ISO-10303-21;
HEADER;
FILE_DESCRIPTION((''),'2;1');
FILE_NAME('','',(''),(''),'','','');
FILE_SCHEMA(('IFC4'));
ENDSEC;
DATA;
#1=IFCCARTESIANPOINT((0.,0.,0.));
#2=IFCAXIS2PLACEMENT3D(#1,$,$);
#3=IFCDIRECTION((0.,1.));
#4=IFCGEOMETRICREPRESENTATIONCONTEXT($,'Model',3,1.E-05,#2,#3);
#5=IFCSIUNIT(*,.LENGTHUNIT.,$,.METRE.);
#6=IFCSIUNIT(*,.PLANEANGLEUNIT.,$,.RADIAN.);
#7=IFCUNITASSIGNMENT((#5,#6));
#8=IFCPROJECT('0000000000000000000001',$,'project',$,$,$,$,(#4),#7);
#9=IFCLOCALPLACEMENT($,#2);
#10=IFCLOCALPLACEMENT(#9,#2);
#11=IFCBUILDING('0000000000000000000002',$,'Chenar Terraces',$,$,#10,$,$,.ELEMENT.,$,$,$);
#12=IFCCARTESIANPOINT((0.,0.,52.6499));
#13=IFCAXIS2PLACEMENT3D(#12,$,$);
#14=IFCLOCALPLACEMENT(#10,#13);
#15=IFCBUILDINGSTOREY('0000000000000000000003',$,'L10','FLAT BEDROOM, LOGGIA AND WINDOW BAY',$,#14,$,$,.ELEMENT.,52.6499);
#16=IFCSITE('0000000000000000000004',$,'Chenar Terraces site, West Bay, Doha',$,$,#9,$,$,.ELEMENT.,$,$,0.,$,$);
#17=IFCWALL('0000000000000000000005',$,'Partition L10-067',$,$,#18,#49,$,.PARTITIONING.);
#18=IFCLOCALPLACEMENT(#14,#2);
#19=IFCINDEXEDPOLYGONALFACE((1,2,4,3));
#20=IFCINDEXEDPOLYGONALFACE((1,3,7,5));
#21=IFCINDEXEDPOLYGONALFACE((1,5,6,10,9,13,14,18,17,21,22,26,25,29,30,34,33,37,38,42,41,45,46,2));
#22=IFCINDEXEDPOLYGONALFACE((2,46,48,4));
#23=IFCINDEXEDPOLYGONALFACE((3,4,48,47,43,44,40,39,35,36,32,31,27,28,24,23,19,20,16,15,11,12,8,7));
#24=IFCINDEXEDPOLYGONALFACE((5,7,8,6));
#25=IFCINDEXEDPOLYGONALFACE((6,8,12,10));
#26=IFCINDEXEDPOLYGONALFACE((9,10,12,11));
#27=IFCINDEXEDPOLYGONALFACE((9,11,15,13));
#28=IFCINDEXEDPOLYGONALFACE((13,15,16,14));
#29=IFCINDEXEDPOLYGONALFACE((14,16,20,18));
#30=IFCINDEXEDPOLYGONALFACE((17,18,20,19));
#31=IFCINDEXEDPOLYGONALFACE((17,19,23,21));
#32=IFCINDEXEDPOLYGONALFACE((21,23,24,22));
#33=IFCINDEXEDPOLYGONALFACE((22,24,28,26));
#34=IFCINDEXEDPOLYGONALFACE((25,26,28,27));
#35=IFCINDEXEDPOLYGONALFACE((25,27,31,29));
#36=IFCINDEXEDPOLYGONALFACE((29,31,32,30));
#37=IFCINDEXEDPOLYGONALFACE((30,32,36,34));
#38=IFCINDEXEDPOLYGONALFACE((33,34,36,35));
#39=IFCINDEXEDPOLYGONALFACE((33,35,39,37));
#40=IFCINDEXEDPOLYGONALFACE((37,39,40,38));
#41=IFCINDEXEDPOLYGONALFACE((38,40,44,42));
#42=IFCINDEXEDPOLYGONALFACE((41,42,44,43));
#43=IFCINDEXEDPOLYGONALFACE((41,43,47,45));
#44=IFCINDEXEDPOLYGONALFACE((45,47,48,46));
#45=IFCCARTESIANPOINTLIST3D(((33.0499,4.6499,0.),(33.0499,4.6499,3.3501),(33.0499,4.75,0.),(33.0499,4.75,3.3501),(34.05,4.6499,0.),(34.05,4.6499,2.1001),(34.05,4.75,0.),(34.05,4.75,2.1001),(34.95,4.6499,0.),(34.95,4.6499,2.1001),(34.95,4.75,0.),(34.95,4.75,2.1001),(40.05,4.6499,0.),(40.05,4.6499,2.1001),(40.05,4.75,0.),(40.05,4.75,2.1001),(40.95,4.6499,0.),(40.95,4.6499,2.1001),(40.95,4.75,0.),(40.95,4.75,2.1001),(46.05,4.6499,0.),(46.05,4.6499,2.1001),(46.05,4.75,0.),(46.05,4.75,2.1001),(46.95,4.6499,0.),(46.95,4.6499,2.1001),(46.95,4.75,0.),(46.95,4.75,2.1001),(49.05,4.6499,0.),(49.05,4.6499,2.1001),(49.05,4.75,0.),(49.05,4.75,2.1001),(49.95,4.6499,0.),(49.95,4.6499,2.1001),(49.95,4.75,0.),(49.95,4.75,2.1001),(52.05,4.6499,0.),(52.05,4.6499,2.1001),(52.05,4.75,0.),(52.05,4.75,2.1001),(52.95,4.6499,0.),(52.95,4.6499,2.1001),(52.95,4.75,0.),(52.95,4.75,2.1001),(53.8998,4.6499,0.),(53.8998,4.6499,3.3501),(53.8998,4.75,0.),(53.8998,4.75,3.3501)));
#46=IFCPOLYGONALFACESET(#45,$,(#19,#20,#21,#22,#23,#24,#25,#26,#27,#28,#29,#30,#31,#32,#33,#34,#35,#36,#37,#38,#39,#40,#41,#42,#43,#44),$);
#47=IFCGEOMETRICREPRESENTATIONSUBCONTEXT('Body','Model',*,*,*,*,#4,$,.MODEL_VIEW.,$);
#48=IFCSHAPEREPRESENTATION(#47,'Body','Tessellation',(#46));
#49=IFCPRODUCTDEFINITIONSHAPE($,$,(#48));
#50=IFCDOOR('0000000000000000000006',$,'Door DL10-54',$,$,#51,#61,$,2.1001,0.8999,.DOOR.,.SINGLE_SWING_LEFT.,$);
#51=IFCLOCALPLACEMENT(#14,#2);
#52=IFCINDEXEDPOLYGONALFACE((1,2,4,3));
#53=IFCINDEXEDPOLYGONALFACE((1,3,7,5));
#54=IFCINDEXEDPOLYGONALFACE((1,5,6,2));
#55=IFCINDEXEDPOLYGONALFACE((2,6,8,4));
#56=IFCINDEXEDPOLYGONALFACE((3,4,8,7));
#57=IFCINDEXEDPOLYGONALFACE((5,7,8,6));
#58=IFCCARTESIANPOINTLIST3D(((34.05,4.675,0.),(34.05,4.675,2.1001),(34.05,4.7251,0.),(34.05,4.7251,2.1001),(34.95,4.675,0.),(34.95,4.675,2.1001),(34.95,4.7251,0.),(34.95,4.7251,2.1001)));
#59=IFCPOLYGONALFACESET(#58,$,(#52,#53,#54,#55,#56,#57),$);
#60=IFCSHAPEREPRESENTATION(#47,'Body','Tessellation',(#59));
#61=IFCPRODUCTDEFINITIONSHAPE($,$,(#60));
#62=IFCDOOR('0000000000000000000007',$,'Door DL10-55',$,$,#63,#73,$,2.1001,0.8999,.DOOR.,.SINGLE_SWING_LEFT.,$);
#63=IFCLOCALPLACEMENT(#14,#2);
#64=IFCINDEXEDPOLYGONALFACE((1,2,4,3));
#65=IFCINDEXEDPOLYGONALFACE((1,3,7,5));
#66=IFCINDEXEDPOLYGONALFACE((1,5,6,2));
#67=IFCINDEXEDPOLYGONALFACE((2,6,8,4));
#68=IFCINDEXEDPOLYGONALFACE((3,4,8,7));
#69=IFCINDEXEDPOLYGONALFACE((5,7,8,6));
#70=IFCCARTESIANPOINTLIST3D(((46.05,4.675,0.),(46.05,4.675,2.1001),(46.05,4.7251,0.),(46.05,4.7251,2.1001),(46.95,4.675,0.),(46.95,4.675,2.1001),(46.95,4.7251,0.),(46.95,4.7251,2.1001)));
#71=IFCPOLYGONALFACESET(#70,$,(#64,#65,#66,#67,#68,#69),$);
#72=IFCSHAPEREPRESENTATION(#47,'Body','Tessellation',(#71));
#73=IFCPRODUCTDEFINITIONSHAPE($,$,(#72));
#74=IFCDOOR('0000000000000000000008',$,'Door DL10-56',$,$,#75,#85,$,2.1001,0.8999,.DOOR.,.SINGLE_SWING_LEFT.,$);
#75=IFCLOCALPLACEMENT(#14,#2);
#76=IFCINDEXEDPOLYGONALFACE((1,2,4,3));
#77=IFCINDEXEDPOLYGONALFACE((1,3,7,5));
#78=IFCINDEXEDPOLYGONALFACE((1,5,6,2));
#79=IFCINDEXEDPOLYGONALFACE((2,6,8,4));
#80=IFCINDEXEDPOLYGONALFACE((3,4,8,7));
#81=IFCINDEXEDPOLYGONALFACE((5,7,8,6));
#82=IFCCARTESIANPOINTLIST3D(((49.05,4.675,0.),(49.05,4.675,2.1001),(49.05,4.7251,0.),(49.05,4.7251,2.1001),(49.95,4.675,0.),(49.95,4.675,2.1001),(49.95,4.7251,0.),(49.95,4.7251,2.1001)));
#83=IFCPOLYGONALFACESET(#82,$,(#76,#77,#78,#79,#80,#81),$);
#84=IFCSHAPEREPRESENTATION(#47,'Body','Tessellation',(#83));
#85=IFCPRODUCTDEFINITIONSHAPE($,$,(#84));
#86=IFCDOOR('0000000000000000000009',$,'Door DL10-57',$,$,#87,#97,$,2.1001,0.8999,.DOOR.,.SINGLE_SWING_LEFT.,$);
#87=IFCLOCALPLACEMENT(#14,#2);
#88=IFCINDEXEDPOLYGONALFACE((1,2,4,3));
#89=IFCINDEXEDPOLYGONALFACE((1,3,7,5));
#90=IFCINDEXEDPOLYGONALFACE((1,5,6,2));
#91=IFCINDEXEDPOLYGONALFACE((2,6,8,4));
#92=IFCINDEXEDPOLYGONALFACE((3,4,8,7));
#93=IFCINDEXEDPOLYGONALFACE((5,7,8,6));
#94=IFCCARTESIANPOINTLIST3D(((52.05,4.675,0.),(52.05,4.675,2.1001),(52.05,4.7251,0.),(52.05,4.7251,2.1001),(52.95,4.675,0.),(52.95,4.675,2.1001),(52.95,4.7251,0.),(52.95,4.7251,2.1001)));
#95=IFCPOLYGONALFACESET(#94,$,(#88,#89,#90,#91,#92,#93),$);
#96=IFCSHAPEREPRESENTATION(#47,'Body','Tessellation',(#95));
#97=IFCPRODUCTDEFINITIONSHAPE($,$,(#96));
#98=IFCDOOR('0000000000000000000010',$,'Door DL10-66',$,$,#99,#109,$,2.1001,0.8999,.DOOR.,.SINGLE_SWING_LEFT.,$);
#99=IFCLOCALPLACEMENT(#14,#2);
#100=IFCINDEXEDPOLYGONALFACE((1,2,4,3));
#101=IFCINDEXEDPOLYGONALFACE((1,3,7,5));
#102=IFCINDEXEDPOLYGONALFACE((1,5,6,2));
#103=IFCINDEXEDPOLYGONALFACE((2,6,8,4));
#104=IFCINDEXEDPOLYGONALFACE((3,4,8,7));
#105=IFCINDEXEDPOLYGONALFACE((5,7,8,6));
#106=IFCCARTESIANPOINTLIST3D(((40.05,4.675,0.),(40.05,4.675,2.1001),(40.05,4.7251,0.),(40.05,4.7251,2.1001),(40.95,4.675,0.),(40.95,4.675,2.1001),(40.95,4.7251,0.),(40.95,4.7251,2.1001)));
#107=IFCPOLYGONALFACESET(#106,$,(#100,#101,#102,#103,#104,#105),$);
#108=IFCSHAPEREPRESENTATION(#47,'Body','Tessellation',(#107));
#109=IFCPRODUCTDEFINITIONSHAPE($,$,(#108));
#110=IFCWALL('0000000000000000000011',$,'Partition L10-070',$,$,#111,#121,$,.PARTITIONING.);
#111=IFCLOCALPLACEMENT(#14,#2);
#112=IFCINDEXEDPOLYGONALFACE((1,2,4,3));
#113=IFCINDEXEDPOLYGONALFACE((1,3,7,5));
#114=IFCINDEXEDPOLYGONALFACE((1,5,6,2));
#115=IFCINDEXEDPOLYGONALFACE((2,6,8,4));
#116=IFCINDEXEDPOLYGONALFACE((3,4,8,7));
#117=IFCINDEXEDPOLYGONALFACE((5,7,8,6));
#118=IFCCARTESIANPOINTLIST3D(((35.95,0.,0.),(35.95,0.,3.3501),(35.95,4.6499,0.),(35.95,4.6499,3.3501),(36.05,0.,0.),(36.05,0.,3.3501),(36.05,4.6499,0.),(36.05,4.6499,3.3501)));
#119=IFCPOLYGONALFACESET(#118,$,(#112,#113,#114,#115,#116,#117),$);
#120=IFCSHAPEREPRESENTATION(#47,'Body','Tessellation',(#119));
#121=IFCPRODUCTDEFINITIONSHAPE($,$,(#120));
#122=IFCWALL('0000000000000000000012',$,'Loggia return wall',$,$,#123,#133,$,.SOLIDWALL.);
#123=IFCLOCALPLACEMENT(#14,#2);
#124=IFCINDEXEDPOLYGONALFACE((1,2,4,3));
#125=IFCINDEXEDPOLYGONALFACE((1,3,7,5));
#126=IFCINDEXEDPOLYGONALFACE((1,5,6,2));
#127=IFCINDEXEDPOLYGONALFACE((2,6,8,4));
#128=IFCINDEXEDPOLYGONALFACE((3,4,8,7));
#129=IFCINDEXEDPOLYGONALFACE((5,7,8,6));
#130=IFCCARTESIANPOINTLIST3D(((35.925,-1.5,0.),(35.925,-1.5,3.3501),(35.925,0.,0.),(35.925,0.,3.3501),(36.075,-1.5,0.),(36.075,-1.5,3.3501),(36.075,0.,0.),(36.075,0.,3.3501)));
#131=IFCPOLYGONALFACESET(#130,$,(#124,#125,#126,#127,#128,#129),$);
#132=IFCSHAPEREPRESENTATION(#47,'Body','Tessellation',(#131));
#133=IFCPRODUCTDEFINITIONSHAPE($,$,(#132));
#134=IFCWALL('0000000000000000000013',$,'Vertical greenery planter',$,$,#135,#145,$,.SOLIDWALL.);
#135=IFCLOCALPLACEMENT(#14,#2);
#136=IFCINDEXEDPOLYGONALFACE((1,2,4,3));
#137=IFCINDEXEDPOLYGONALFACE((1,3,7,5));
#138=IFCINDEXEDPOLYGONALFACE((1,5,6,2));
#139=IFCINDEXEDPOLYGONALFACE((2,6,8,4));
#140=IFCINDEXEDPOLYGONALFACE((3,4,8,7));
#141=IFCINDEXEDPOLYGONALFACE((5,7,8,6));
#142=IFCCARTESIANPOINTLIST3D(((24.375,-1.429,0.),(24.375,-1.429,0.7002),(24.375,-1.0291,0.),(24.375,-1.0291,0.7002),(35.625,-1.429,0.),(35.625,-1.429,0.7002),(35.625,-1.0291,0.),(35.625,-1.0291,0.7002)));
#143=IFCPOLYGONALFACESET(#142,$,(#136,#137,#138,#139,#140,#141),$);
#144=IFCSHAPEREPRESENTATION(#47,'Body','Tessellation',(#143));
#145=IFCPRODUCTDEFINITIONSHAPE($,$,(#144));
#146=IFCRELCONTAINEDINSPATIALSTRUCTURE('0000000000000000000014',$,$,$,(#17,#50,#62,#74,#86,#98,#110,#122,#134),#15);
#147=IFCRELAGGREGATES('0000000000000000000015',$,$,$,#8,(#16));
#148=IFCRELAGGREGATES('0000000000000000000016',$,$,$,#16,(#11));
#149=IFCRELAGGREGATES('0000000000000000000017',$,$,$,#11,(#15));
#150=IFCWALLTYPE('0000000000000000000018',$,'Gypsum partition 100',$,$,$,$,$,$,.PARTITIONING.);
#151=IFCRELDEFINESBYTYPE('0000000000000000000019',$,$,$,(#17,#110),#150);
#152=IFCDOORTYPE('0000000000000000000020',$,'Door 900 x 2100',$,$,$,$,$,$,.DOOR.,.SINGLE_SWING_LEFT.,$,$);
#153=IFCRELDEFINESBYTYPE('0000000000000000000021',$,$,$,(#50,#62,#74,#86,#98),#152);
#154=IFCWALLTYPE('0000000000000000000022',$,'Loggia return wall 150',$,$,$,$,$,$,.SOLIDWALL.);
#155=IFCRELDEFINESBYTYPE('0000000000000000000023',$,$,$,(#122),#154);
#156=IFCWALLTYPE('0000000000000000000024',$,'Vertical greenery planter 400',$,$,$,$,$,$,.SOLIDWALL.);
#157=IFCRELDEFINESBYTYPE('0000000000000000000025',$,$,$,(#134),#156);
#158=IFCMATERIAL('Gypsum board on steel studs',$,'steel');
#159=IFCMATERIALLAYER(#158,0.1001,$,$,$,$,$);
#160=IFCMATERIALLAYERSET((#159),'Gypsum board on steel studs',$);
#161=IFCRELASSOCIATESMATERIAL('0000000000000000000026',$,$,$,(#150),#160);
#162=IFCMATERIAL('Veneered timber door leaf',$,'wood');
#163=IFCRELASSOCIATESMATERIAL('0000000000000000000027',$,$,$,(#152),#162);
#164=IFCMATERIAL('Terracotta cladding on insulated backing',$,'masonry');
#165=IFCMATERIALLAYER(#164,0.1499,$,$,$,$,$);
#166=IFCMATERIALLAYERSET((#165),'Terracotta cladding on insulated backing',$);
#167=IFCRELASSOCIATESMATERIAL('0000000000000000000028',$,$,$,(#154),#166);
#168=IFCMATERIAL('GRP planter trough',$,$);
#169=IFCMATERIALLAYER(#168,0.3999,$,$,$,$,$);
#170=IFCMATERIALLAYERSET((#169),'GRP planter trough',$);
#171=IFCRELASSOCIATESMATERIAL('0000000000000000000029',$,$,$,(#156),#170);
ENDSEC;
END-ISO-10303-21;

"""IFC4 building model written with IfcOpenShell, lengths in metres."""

from ifc_helpers import new_model, si_unit, direction, frame, frame_2d, origin, place, context, subcontext, project, spatial, rectangle, extrude, material, layer, layer_set, type_object, element, fill, save


model = new_model("IFC4")

# Units and contexts
model_context = context("Model", 3, precision=1e-05, world=origin(), true_north=direction((0.0, 1.0)))
body_context = subcontext(model_context, "Body", "Model", "MODEL_VIEW")
ifc_project = project(units=[si_unit("LENGTHUNIT", "METRE"), si_unit("PLANEANGLEUNIT", "RADIAN")], contexts=[model_context])

# Site, building, storey
site_placement = place(None, origin())
site = spatial("IfcSite", under=ifc_project, at=site_placement, Name="Chenar Terraces site, West Bay, Doha", CompositionType="ELEMENT", RefElevation=0.0)
building_placement = place(site_placement, origin())
building = spatial("IfcBuilding", under=site, at=building_placement, Name="Chenar Terraces", CompositionType="ELEMENT")
storey_placement = place(building_placement, frame((0.0, 0.0, 52.6499)))
storey = spatial("IfcBuildingStorey", under=building, at=storey_placement, Name="L10", Description="FLAT BEDROOM, LOGGIA AND WINDOW BAY", CompositionType="ELEMENT", Elevation=52.6499)

# Shared definitions
ifc_material_1 = material(Name="Gypsum board on steel studs", Category="steel")
ifc_layer_1 = layer(ifc_material_1, 0.1001)
ifc_layer_set_1 = layer_set([ifc_layer_1], Name="Gypsum board on steel studs")
wall_type_1 = type_object("IfcWallType", Name="Gypsum partition 100", PredefinedType="PARTITIONING", material=ifc_layer_set_1)

# Shared definitions
ifc_material_2 = material(Name="Veneered timber door leaf", Category="wood")
door_type = type_object("IfcDoorType", Name="Door 900 x 2100", OperationType="SINGLE_SWING_LEFT", PredefinedType="DOOR", material=ifc_material_2)

# Wall, openings, doors
wall_1_placement = place(storey_placement, frame((33.05, 4.7, 0.0), z_axis=(0.0, 0.0, 1.0), x_axis=(1.0, 0.0, 0.0)))
wall_1 = element("IfcWall", 1, at=wall_1_placement, inside=storey, type_object=wall_type_1, Name="Partition L10-067", PredefinedType="PARTITIONING", context=body_context, shape_type="SweptSolid", body=[
    extrude(rectangle(XDim=20.8499, YDim=0.1001, at=frame_2d((10.4248, 0.0))), origin(), (0.0, 0.0, 1.0), 3.3501),
])
opening_1_placement = place(wall_1_placement, frame((1.0, 0.0, 0.0)))
opening_1 = element("IfcOpeningElement", 2, at=opening_1_placement, cuts=wall_1, PredefinedType="OPENING", context=body_context, shape_type="SweptSolid", body=[
    extrude(rectangle(XDim=0.8999, YDim=2.1001, at=frame_2d((0.45, 1.05))), frame((0.0, 0.0601, 0.0), z_axis=(0.0, -1.0, 0.0), x_axis=(1.0, 0.0, 0.0)), (0.0, 0.0, 1.0), 0.1201),
])
opening_2_placement = place(wall_1_placement, frame((13.0, 0.0, 0.0)))
opening_2 = element("IfcOpeningElement", 3, at=opening_2_placement, cuts=wall_1, PredefinedType="OPENING", context=body_context, shape_type="SweptSolid", body=[
    extrude(rectangle(XDim=0.8999, YDim=2.1001, at=frame_2d((0.45, 1.05))), frame((0.0, 0.0601, 0.0), z_axis=(0.0, -1.0, 0.0), x_axis=(1.0, 0.0, 0.0)), (0.0, 0.0, 1.0), 0.1201),
])
opening_3_placement = place(wall_1_placement, frame((16.0, 0.0, 0.0)))
opening_3 = element("IfcOpeningElement", 4, at=opening_3_placement, cuts=wall_1, PredefinedType="OPENING", context=body_context, shape_type="SweptSolid", body=[
    extrude(rectangle(XDim=0.8999, YDim=2.1001, at=frame_2d((0.45, 1.05))), frame((0.0, 0.0601, 0.0), z_axis=(0.0, -1.0, 0.0), x_axis=(1.0, 0.0, 0.0)), (0.0, 0.0, 1.0), 0.1201),
])
opening_4_placement = place(wall_1_placement, frame((19.0, 0.0, 0.0)))
opening_4 = element("IfcOpeningElement", 5, at=opening_4_placement, cuts=wall_1, PredefinedType="OPENING", context=body_context, shape_type="SweptSolid", body=[
    extrude(rectangle(XDim=0.8999, YDim=2.1001, at=frame_2d((0.45, 1.05))), frame((0.0, 0.0601, 0.0), z_axis=(0.0, -1.0, 0.0), x_axis=(1.0, 0.0, 0.0)), (0.0, 0.0, 1.0), 0.1201),
])
opening_5_placement = place(wall_1_placement, frame((7.0, 0.0, 0.0)))
opening_5 = element("IfcOpeningElement", 6, at=opening_5_placement, cuts=wall_1, PredefinedType="OPENING", context=body_context, shape_type="SweptSolid", body=[
    extrude(rectangle(XDim=0.8999, YDim=2.1001, at=frame_2d((0.45, 1.05))), frame((0.0, 0.0601, 0.0), z_axis=(0.0, -1.0, 0.0), x_axis=(1.0, 0.0, 0.0)), (0.0, 0.0, 1.0), 0.1201),
])
door_1_placement = place(opening_1_placement, frame((0.8999, 0.0, 0.0), z_axis=(0.0, 0.0, 1.0), x_axis=(-1.0, 0.0, 0.0)))
door_1 = element("IfcDoor", 7, at=door_1_placement, inside=storey, type_object=door_type, Name="Door DL10-54", OperationType="SINGLE_SWING_LEFT", OverallHeight=2.1001, OverallWidth=0.8999, PredefinedType="DOOR", context=body_context, shape_type="SweptSolid", body=[
    extrude(rectangle(XDim=0.8999, YDim=2.1001, at=frame_2d((0.45, 1.05))), frame((0.0, 0.0249, 0.0), z_axis=(0.0, -1.0, 0.0), x_axis=(1.0, 0.0, 0.0)), (0.0, 0.0, 1.0), 0.05),
])
fill(opening_1, door_1)
door_2_placement = place(opening_2_placement, frame((0.8999, 0.0, 0.0), z_axis=(0.0, 0.0, 1.0), x_axis=(-1.0, 0.0, 0.0)))
door_2 = element("IfcDoor", 8, at=door_2_placement, inside=storey, type_object=door_type, Name="Door DL10-55", OperationType="SINGLE_SWING_LEFT", OverallHeight=2.1001, OverallWidth=0.8999, PredefinedType="DOOR", context=body_context, shape_type="SweptSolid", body=[
    extrude(rectangle(XDim=0.8999, YDim=2.1001, at=frame_2d((0.45, 1.05))), frame((0.0, 0.0249, 0.0), z_axis=(0.0, -1.0, 0.0), x_axis=(1.0, 0.0, 0.0)), (0.0, 0.0, 1.0), 0.05),
])
fill(opening_2, door_2)
door_3_placement = place(opening_3_placement, frame((0.8999, 0.0, 0.0), z_axis=(0.0, 0.0, 1.0), x_axis=(-1.0, 0.0, 0.0)))
door_3 = element("IfcDoor", 9, at=door_3_placement, inside=storey, type_object=door_type, Name="Door DL10-56", OperationType="SINGLE_SWING_LEFT", OverallHeight=2.1001, OverallWidth=0.8999, PredefinedType="DOOR", context=body_context, shape_type="SweptSolid", body=[
    extrude(rectangle(XDim=0.8999, YDim=2.1001, at=frame_2d((0.45, 1.05))), frame((0.0, 0.0249, 0.0), z_axis=(0.0, -1.0, 0.0), x_axis=(1.0, 0.0, 0.0)), (0.0, 0.0, 1.0), 0.05),
])
fill(opening_3, door_3)
door_4_placement = place(opening_4_placement, frame((0.8999, 0.0, 0.0), z_axis=(0.0, 0.0, 1.0), x_axis=(-1.0, 0.0, 0.0)))
door_4 = element("IfcDoor", 10, at=door_4_placement, inside=storey, type_object=door_type, Name="Door DL10-57", OperationType="SINGLE_SWING_LEFT", OverallHeight=2.1001, OverallWidth=0.8999, PredefinedType="DOOR", context=body_context, shape_type="SweptSolid", body=[
    extrude(rectangle(XDim=0.8999, YDim=2.1001, at=frame_2d((0.45, 1.05))), frame((0.0, 0.0249, 0.0), z_axis=(0.0, -1.0, 0.0), x_axis=(1.0, 0.0, 0.0)), (0.0, 0.0, 1.0), 0.05),
])
fill(opening_4, door_4)
door_5_placement = place(opening_5_placement, frame((0.8999, 0.0, 0.0), z_axis=(0.0, 0.0, 1.0), x_axis=(-1.0, 0.0, 0.0)))
door_5 = element("IfcDoor", 11, at=door_5_placement, inside=storey, type_object=door_type, Name="Door DL10-66", OperationType="SINGLE_SWING_LEFT", OverallHeight=2.1001, OverallWidth=0.8999, PredefinedType="DOOR", context=body_context, shape_type="SweptSolid", body=[
    extrude(rectangle(XDim=0.8999, YDim=2.1001, at=frame_2d((0.45, 1.05))), frame((0.0, 0.0249, 0.0), z_axis=(0.0, -1.0, 0.0), x_axis=(1.0, 0.0, 0.0)), (0.0, 0.0, 1.0), 0.05),
])
fill(opening_5, door_5)

# Walls
wall_2_placement = place(storey_placement, frame((36.0, 0.0, 0.0), z_axis=(0.0, 0.0, 1.0), x_axis=(0.0, 1.0, 0.0)))
element("IfcWall", 12, at=wall_2_placement, inside=storey, type_object=wall_type_1, Name="Partition L10-070", PredefinedType="PARTITIONING", context=body_context, shape_type="SweptSolid", body=[
    extrude(rectangle(XDim=4.6499, YDim=0.1001, at=frame_2d((2.325, 0.0))), origin(), (0.0, 0.0, 1.0), 3.3501),
])
ifc_material_3 = material(Name="Terracotta cladding on insulated backing", Category="masonry")
ifc_layer_2 = layer(ifc_material_3, 0.1499)
ifc_layer_set_2 = layer_set([ifc_layer_2], Name="Terracotta cladding on insulated backing")
wall_type_2 = type_object("IfcWallType", Name="Loggia return wall 150", PredefinedType="SOLIDWALL", material=ifc_layer_set_2)
wall_3_placement = place(storey_placement, frame((36.0, -1.5, 0.0), z_axis=(0.0, 0.0, 1.0), x_axis=(0.0, 1.0, 0.0)))
element("IfcWall", 13, at=wall_3_placement, inside=storey, type_object=wall_type_2, Name="Loggia return wall", PredefinedType="SOLIDWALL", context=body_context, shape_type="SweptSolid", body=[
    extrude(rectangle(XDim=1.5, YDim=0.1499, at=frame_2d((0.75, 0.0))), origin(), (0.0, 0.0, 1.0), 3.3501),
])
ifc_material_4 = material(Name="GRP planter trough")
ifc_layer_3 = layer(ifc_material_4, 0.3999)
ifc_layer_set_3 = layer_set([ifc_layer_3], Name="GRP planter trough")
wall_type_3 = type_object("IfcWallType", Name="Vertical greenery planter 400", PredefinedType="SOLIDWALL", material=ifc_layer_set_3)
wall_4_placement = place(storey_placement, frame((24.375, -1.229, 0.0), z_axis=(0.0, 0.0, 1.0), x_axis=(1.0, 0.0, 0.0)))
element("IfcWall", 14, at=wall_4_placement, inside=storey, type_object=wall_type_3, Name="Vertical greenery planter", PredefinedType="SOLIDWALL", context=body_context, shape_type="SweptSolid", body=[
    extrude(rectangle(XDim=11.25, YDim=0.3999, at=frame_2d((5.625, 0.0))), origin(), (0.0, 0.0, 1.0), 0.7002),
])

save(model, "model.ifc")
